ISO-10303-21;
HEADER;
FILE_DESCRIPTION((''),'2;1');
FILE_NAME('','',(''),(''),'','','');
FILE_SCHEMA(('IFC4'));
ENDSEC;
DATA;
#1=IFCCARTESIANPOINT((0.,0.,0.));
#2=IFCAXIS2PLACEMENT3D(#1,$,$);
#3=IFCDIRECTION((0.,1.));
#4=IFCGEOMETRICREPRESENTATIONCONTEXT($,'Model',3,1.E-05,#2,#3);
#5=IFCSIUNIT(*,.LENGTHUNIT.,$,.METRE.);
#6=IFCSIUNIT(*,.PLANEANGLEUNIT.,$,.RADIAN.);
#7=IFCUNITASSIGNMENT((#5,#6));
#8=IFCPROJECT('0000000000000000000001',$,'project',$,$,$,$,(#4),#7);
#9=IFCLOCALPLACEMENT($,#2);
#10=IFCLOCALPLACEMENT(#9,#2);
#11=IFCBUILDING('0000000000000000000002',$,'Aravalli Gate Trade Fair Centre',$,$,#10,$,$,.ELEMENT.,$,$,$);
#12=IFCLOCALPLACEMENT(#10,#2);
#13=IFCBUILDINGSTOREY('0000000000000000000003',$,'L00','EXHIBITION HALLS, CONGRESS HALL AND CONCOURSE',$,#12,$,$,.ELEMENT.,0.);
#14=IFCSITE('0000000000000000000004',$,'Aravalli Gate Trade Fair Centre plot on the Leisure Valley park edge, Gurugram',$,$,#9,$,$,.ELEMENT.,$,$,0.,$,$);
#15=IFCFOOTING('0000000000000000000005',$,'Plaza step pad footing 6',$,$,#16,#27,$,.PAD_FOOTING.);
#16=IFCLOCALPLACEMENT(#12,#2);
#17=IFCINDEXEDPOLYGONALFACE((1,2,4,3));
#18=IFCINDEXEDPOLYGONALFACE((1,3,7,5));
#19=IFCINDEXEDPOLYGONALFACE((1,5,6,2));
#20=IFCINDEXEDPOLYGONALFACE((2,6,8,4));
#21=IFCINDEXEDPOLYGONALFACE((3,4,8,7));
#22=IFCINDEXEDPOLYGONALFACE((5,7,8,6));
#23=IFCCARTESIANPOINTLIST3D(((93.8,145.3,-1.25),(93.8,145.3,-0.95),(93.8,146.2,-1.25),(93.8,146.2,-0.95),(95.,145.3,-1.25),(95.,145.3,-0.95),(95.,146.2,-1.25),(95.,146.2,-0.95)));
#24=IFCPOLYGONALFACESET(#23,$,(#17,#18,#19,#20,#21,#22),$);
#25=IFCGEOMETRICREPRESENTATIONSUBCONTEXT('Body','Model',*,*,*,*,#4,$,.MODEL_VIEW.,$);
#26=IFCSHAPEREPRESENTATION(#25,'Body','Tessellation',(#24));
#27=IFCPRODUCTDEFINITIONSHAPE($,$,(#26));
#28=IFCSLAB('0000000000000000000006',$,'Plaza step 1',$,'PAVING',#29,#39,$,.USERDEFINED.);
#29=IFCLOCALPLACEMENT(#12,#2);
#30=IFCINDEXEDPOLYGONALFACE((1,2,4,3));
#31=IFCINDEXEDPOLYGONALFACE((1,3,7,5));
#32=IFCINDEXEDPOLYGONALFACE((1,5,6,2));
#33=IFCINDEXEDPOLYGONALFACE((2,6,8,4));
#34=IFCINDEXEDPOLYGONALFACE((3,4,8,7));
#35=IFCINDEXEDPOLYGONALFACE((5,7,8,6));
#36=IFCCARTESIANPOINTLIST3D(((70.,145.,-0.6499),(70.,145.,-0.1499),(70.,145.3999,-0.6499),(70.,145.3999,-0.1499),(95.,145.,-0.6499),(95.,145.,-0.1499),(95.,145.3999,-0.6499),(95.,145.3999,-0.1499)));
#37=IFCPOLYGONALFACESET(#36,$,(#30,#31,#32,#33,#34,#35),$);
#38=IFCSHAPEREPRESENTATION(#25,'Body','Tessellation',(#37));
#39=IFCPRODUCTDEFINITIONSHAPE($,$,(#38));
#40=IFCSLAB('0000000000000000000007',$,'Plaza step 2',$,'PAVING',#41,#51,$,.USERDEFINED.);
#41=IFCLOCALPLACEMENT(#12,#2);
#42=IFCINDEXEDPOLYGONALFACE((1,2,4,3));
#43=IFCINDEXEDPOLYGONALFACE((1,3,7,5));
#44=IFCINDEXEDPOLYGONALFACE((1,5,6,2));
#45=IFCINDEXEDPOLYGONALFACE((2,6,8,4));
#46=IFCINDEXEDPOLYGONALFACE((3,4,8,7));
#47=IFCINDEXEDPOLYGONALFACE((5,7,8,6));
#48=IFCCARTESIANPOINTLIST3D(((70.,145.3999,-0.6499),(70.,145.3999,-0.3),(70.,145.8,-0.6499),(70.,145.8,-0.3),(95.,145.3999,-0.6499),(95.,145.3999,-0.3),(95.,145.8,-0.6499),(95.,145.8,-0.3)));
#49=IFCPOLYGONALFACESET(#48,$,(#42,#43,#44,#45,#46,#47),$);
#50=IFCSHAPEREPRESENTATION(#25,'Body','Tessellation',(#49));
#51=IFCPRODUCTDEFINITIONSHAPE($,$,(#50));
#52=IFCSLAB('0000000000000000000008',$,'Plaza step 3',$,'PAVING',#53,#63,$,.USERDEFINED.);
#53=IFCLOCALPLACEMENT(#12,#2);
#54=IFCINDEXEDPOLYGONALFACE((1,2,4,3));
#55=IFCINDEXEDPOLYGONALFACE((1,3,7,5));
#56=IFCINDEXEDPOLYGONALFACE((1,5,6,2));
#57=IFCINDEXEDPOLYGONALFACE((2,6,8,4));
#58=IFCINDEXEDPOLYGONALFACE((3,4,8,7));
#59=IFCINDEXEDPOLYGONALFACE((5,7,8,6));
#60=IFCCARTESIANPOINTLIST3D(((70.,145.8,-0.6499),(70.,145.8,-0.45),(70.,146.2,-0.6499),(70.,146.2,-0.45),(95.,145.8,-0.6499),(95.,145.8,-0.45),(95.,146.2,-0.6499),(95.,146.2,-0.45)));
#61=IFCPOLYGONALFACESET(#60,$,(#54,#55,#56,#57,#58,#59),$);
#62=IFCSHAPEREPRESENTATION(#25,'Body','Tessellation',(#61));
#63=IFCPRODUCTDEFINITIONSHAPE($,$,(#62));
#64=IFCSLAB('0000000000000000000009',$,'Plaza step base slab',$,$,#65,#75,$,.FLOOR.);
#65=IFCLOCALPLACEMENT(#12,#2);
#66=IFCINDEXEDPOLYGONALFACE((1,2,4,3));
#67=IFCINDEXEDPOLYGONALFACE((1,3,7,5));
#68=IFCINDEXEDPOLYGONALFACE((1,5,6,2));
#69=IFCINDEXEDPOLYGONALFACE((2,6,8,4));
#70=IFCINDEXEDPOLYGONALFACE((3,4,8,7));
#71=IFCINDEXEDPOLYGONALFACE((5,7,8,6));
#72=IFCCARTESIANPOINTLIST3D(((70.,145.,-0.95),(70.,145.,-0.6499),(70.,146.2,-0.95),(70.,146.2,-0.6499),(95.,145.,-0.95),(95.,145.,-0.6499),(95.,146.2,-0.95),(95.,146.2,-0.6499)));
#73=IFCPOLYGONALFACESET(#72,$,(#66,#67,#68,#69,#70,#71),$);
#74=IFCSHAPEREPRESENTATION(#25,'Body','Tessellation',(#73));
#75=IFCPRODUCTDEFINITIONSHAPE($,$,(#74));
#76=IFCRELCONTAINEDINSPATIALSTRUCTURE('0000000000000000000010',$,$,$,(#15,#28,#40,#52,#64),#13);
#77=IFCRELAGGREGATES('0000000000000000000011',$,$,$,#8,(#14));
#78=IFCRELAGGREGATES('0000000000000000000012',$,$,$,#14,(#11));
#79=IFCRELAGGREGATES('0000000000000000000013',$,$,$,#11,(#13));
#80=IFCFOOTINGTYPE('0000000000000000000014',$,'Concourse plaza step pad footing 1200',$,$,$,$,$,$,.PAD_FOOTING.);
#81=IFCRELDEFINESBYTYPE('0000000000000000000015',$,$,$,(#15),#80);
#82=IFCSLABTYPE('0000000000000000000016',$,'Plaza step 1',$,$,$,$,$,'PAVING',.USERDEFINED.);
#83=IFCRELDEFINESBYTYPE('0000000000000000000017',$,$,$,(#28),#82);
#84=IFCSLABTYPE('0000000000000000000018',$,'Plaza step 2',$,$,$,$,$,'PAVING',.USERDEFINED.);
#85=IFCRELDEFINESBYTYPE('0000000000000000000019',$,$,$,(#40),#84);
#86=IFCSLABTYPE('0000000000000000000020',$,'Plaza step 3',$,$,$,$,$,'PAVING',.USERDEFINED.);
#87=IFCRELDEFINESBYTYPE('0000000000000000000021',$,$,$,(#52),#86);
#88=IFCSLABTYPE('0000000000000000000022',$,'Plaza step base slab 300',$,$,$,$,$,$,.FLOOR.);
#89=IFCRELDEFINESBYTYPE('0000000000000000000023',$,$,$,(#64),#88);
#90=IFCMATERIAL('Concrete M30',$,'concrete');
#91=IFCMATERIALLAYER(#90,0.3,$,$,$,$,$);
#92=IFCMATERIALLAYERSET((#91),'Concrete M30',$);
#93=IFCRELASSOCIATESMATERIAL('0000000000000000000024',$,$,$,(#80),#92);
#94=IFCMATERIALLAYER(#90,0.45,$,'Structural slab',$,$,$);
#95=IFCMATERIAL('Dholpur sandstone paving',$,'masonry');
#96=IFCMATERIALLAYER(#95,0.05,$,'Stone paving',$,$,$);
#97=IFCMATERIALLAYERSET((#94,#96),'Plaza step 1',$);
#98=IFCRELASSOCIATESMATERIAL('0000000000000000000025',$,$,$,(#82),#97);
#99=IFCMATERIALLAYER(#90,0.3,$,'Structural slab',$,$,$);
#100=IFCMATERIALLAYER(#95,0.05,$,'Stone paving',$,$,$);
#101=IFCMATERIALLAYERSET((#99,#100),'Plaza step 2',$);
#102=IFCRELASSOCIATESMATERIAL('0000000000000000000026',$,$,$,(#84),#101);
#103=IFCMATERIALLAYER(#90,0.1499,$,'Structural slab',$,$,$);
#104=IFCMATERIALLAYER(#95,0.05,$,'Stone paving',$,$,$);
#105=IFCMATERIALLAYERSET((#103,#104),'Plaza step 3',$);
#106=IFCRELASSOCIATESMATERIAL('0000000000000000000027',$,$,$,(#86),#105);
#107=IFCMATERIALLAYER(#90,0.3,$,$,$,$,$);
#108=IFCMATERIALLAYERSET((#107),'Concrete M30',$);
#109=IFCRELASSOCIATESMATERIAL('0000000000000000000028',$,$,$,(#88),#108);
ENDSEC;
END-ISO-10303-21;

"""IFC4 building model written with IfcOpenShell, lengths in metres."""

from ifc_helpers import new_model, si_unit, direction, frame, origin, place, context, subcontext, project, spatial, polyline, outline, extrude, material, layer, layer_set, type_object, element, save


model = new_model("IFC4")

# Units and contexts
model_context = context("Model", 3, precision=1e-05, world=origin(), true_north=direction((0.0, 1.0)))
body_context = subcontext(model_context, "Body", "Model", "MODEL_VIEW")
ifc_project = project(units=[si_unit("LENGTHUNIT", "METRE"), si_unit("PLANEANGLEUNIT", "RADIAN")], contexts=[model_context])

# Site, building, storey
site_placement = place(None, origin())
site = spatial("IfcSite", under=ifc_project, at=site_placement, Name="Aravalli Gate Trade Fair Centre plot on the Leisure Valley park edge, Gurugram", CompositionType="ELEMENT", RefElevation=0.0)
building_placement = place(site_placement, origin())
building = spatial("IfcBuilding", under=site, at=building_placement, Name="Aravalli Gate Trade Fair Centre", CompositionType="ELEMENT")
storey_placement = place(building_placement, origin())
storey = spatial("IfcBuildingStorey", under=building, at=storey_placement, Name="L00", Description="EXHIBITION HALLS, CONGRESS HALL AND CONCOURSE", CompositionType="ELEMENT", Elevation=0.0)

# Footing
ifc_material_1 = material(Name="Concrete M30", Category="concrete")
ifc_layer_1 = layer(ifc_material_1, 0.3)
ifc_layer_set_1 = layer_set([ifc_layer_1], Name="Concrete M30")
footing_type_1 = type_object("IfcFootingType", Name="Concourse plaza step pad footing 1200", PredefinedType="PAD_FOOTING", material=ifc_layer_set_1)
footing_1_placement = place(storey_placement, frame((0.0, 0.0, -1.25)))
element("IfcFooting", 1, at=footing_1_placement, inside=storey, type_object=footing_type_1, Name="Plaza step pad footing 6", PredefinedType="PAD_FOOTING", context=body_context, shape_type="SweptSolid", body=[
    extrude(outline(polyline([(93.8, 145.3), (95.0, 145.3), (95.0, 146.2), (93.8, 146.2), (93.8, 145.3)])), origin(), (0.0, 0.0, 1.0), 0.3),
])

# Slabs
ifc_layer_2 = layer(ifc_material_1, 0.45, Name="Structural slab")
ifc_material_2 = material(Name="Dholpur sandstone paving", Category="masonry")
ifc_layer_3 = layer(ifc_material_2, 0.05, Name="Stone paving")
ifc_layer_set_2 = layer_set([ifc_layer_2, ifc_layer_3], Name="Plaza step 1")
slab_type_1 = type_object("IfcSlabType", Name="Plaza step 1", ElementType="PAVING", PredefinedType="USERDEFINED", material=ifc_layer_set_2)
slab_1_placement = place(storey_placement, frame((0.0, 0.0, -0.6499)))
element("IfcSlab", 2, at=slab_1_placement, inside=storey, type_object=slab_type_1, Name="Plaza step 1", ObjectType="PAVING", PredefinedType="USERDEFINED", context=body_context, shape_type="SweptSolid", body=[
    extrude(outline(polyline([(95.0, 145.0), (95.0, 145.3999), (70.0, 145.3999), (70.0, 145.0), (95.0, 145.0)])), origin(), (0.0, 0.0, 1.0), 0.5),
])
ifc_layer_4 = layer(ifc_material_1, 0.3, Name="Structural slab")
ifc_layer_5 = layer(ifc_material_2, 0.05, Name="Stone paving")
ifc_layer_set_3 = layer_set([ifc_layer_4, ifc_layer_5], Name="Plaza step 2")
slab_type_2 = type_object("IfcSlabType", Name="Plaza step 2", ElementType="PAVING", PredefinedType="USERDEFINED", material=ifc_layer_set_3)
slab_2_placement = place(storey_placement, frame((0.0, 0.0, -0.6499)))
element("IfcSlab", 3, at=slab_2_placement, inside=storey, type_object=slab_type_2, Name="Plaza step 2", ObjectType="PAVING", PredefinedType="USERDEFINED", context=body_context, shape_type="SweptSolid", body=[
    extrude(outline(polyline([(95.0, 145.3999), (95.0, 145.8), (70.0, 145.8), (70.0, 145.3999), (95.0, 145.3999)])), origin(), (0.0, 0.0, 1.0), 0.3499),
])
ifc_layer_6 = layer(ifc_material_1, 0.1499, Name="Structural slab")
ifc_layer_7 = layer(ifc_material_2, 0.05, Name="Stone paving")
ifc_layer_set_4 = layer_set([ifc_layer_6, ifc_layer_7], Name="Plaza step 3")
slab_type_3 = type_object("IfcSlabType", Name="Plaza step 3", ElementType="PAVING", PredefinedType="USERDEFINED", material=ifc_layer_set_4)
slab_3_placement = place(storey_placement, frame((0.0, 0.0, -0.6499)))
element("IfcSlab", 4, at=slab_3_placement, inside=storey, type_object=slab_type_3, Name="Plaza step 3", ObjectType="PAVING", PredefinedType="USERDEFINED", context=body_context, shape_type="SweptSolid", body=[
    extrude(outline(polyline([(95.0, 145.8), (95.0, 146.2), (70.0, 146.2), (70.0, 145.8), (95.0, 145.8)])), origin(), (0.0, 0.0, 1.0), 0.2),
])
ifc_layer_8 = layer(ifc_material_1, 0.3)
ifc_layer_set_5 = layer_set([ifc_layer_8], Name="Concrete M30")
slab_type_4 = type_object("IfcSlabType", Name="Plaza step base slab 300", PredefinedType="FLOOR", material=ifc_layer_set_5)
slab_4_placement = place(storey_placement, frame((0.0, 0.0, -0.95)))
element("IfcSlab", 5, at=slab_4_placement, inside=storey, type_object=slab_type_4, Name="Plaza step base slab", PredefinedType="FLOOR", context=body_context, shape_type="SweptSolid", body=[
    extrude(outline(polyline([(70.0, 145.0), (95.0, 145.0), (95.0, 146.2), (70.0, 146.2), (70.0, 145.0)])), origin(), (0.0, 0.0, 1.0), 0.3),
])

save(model, "model.ifc")
